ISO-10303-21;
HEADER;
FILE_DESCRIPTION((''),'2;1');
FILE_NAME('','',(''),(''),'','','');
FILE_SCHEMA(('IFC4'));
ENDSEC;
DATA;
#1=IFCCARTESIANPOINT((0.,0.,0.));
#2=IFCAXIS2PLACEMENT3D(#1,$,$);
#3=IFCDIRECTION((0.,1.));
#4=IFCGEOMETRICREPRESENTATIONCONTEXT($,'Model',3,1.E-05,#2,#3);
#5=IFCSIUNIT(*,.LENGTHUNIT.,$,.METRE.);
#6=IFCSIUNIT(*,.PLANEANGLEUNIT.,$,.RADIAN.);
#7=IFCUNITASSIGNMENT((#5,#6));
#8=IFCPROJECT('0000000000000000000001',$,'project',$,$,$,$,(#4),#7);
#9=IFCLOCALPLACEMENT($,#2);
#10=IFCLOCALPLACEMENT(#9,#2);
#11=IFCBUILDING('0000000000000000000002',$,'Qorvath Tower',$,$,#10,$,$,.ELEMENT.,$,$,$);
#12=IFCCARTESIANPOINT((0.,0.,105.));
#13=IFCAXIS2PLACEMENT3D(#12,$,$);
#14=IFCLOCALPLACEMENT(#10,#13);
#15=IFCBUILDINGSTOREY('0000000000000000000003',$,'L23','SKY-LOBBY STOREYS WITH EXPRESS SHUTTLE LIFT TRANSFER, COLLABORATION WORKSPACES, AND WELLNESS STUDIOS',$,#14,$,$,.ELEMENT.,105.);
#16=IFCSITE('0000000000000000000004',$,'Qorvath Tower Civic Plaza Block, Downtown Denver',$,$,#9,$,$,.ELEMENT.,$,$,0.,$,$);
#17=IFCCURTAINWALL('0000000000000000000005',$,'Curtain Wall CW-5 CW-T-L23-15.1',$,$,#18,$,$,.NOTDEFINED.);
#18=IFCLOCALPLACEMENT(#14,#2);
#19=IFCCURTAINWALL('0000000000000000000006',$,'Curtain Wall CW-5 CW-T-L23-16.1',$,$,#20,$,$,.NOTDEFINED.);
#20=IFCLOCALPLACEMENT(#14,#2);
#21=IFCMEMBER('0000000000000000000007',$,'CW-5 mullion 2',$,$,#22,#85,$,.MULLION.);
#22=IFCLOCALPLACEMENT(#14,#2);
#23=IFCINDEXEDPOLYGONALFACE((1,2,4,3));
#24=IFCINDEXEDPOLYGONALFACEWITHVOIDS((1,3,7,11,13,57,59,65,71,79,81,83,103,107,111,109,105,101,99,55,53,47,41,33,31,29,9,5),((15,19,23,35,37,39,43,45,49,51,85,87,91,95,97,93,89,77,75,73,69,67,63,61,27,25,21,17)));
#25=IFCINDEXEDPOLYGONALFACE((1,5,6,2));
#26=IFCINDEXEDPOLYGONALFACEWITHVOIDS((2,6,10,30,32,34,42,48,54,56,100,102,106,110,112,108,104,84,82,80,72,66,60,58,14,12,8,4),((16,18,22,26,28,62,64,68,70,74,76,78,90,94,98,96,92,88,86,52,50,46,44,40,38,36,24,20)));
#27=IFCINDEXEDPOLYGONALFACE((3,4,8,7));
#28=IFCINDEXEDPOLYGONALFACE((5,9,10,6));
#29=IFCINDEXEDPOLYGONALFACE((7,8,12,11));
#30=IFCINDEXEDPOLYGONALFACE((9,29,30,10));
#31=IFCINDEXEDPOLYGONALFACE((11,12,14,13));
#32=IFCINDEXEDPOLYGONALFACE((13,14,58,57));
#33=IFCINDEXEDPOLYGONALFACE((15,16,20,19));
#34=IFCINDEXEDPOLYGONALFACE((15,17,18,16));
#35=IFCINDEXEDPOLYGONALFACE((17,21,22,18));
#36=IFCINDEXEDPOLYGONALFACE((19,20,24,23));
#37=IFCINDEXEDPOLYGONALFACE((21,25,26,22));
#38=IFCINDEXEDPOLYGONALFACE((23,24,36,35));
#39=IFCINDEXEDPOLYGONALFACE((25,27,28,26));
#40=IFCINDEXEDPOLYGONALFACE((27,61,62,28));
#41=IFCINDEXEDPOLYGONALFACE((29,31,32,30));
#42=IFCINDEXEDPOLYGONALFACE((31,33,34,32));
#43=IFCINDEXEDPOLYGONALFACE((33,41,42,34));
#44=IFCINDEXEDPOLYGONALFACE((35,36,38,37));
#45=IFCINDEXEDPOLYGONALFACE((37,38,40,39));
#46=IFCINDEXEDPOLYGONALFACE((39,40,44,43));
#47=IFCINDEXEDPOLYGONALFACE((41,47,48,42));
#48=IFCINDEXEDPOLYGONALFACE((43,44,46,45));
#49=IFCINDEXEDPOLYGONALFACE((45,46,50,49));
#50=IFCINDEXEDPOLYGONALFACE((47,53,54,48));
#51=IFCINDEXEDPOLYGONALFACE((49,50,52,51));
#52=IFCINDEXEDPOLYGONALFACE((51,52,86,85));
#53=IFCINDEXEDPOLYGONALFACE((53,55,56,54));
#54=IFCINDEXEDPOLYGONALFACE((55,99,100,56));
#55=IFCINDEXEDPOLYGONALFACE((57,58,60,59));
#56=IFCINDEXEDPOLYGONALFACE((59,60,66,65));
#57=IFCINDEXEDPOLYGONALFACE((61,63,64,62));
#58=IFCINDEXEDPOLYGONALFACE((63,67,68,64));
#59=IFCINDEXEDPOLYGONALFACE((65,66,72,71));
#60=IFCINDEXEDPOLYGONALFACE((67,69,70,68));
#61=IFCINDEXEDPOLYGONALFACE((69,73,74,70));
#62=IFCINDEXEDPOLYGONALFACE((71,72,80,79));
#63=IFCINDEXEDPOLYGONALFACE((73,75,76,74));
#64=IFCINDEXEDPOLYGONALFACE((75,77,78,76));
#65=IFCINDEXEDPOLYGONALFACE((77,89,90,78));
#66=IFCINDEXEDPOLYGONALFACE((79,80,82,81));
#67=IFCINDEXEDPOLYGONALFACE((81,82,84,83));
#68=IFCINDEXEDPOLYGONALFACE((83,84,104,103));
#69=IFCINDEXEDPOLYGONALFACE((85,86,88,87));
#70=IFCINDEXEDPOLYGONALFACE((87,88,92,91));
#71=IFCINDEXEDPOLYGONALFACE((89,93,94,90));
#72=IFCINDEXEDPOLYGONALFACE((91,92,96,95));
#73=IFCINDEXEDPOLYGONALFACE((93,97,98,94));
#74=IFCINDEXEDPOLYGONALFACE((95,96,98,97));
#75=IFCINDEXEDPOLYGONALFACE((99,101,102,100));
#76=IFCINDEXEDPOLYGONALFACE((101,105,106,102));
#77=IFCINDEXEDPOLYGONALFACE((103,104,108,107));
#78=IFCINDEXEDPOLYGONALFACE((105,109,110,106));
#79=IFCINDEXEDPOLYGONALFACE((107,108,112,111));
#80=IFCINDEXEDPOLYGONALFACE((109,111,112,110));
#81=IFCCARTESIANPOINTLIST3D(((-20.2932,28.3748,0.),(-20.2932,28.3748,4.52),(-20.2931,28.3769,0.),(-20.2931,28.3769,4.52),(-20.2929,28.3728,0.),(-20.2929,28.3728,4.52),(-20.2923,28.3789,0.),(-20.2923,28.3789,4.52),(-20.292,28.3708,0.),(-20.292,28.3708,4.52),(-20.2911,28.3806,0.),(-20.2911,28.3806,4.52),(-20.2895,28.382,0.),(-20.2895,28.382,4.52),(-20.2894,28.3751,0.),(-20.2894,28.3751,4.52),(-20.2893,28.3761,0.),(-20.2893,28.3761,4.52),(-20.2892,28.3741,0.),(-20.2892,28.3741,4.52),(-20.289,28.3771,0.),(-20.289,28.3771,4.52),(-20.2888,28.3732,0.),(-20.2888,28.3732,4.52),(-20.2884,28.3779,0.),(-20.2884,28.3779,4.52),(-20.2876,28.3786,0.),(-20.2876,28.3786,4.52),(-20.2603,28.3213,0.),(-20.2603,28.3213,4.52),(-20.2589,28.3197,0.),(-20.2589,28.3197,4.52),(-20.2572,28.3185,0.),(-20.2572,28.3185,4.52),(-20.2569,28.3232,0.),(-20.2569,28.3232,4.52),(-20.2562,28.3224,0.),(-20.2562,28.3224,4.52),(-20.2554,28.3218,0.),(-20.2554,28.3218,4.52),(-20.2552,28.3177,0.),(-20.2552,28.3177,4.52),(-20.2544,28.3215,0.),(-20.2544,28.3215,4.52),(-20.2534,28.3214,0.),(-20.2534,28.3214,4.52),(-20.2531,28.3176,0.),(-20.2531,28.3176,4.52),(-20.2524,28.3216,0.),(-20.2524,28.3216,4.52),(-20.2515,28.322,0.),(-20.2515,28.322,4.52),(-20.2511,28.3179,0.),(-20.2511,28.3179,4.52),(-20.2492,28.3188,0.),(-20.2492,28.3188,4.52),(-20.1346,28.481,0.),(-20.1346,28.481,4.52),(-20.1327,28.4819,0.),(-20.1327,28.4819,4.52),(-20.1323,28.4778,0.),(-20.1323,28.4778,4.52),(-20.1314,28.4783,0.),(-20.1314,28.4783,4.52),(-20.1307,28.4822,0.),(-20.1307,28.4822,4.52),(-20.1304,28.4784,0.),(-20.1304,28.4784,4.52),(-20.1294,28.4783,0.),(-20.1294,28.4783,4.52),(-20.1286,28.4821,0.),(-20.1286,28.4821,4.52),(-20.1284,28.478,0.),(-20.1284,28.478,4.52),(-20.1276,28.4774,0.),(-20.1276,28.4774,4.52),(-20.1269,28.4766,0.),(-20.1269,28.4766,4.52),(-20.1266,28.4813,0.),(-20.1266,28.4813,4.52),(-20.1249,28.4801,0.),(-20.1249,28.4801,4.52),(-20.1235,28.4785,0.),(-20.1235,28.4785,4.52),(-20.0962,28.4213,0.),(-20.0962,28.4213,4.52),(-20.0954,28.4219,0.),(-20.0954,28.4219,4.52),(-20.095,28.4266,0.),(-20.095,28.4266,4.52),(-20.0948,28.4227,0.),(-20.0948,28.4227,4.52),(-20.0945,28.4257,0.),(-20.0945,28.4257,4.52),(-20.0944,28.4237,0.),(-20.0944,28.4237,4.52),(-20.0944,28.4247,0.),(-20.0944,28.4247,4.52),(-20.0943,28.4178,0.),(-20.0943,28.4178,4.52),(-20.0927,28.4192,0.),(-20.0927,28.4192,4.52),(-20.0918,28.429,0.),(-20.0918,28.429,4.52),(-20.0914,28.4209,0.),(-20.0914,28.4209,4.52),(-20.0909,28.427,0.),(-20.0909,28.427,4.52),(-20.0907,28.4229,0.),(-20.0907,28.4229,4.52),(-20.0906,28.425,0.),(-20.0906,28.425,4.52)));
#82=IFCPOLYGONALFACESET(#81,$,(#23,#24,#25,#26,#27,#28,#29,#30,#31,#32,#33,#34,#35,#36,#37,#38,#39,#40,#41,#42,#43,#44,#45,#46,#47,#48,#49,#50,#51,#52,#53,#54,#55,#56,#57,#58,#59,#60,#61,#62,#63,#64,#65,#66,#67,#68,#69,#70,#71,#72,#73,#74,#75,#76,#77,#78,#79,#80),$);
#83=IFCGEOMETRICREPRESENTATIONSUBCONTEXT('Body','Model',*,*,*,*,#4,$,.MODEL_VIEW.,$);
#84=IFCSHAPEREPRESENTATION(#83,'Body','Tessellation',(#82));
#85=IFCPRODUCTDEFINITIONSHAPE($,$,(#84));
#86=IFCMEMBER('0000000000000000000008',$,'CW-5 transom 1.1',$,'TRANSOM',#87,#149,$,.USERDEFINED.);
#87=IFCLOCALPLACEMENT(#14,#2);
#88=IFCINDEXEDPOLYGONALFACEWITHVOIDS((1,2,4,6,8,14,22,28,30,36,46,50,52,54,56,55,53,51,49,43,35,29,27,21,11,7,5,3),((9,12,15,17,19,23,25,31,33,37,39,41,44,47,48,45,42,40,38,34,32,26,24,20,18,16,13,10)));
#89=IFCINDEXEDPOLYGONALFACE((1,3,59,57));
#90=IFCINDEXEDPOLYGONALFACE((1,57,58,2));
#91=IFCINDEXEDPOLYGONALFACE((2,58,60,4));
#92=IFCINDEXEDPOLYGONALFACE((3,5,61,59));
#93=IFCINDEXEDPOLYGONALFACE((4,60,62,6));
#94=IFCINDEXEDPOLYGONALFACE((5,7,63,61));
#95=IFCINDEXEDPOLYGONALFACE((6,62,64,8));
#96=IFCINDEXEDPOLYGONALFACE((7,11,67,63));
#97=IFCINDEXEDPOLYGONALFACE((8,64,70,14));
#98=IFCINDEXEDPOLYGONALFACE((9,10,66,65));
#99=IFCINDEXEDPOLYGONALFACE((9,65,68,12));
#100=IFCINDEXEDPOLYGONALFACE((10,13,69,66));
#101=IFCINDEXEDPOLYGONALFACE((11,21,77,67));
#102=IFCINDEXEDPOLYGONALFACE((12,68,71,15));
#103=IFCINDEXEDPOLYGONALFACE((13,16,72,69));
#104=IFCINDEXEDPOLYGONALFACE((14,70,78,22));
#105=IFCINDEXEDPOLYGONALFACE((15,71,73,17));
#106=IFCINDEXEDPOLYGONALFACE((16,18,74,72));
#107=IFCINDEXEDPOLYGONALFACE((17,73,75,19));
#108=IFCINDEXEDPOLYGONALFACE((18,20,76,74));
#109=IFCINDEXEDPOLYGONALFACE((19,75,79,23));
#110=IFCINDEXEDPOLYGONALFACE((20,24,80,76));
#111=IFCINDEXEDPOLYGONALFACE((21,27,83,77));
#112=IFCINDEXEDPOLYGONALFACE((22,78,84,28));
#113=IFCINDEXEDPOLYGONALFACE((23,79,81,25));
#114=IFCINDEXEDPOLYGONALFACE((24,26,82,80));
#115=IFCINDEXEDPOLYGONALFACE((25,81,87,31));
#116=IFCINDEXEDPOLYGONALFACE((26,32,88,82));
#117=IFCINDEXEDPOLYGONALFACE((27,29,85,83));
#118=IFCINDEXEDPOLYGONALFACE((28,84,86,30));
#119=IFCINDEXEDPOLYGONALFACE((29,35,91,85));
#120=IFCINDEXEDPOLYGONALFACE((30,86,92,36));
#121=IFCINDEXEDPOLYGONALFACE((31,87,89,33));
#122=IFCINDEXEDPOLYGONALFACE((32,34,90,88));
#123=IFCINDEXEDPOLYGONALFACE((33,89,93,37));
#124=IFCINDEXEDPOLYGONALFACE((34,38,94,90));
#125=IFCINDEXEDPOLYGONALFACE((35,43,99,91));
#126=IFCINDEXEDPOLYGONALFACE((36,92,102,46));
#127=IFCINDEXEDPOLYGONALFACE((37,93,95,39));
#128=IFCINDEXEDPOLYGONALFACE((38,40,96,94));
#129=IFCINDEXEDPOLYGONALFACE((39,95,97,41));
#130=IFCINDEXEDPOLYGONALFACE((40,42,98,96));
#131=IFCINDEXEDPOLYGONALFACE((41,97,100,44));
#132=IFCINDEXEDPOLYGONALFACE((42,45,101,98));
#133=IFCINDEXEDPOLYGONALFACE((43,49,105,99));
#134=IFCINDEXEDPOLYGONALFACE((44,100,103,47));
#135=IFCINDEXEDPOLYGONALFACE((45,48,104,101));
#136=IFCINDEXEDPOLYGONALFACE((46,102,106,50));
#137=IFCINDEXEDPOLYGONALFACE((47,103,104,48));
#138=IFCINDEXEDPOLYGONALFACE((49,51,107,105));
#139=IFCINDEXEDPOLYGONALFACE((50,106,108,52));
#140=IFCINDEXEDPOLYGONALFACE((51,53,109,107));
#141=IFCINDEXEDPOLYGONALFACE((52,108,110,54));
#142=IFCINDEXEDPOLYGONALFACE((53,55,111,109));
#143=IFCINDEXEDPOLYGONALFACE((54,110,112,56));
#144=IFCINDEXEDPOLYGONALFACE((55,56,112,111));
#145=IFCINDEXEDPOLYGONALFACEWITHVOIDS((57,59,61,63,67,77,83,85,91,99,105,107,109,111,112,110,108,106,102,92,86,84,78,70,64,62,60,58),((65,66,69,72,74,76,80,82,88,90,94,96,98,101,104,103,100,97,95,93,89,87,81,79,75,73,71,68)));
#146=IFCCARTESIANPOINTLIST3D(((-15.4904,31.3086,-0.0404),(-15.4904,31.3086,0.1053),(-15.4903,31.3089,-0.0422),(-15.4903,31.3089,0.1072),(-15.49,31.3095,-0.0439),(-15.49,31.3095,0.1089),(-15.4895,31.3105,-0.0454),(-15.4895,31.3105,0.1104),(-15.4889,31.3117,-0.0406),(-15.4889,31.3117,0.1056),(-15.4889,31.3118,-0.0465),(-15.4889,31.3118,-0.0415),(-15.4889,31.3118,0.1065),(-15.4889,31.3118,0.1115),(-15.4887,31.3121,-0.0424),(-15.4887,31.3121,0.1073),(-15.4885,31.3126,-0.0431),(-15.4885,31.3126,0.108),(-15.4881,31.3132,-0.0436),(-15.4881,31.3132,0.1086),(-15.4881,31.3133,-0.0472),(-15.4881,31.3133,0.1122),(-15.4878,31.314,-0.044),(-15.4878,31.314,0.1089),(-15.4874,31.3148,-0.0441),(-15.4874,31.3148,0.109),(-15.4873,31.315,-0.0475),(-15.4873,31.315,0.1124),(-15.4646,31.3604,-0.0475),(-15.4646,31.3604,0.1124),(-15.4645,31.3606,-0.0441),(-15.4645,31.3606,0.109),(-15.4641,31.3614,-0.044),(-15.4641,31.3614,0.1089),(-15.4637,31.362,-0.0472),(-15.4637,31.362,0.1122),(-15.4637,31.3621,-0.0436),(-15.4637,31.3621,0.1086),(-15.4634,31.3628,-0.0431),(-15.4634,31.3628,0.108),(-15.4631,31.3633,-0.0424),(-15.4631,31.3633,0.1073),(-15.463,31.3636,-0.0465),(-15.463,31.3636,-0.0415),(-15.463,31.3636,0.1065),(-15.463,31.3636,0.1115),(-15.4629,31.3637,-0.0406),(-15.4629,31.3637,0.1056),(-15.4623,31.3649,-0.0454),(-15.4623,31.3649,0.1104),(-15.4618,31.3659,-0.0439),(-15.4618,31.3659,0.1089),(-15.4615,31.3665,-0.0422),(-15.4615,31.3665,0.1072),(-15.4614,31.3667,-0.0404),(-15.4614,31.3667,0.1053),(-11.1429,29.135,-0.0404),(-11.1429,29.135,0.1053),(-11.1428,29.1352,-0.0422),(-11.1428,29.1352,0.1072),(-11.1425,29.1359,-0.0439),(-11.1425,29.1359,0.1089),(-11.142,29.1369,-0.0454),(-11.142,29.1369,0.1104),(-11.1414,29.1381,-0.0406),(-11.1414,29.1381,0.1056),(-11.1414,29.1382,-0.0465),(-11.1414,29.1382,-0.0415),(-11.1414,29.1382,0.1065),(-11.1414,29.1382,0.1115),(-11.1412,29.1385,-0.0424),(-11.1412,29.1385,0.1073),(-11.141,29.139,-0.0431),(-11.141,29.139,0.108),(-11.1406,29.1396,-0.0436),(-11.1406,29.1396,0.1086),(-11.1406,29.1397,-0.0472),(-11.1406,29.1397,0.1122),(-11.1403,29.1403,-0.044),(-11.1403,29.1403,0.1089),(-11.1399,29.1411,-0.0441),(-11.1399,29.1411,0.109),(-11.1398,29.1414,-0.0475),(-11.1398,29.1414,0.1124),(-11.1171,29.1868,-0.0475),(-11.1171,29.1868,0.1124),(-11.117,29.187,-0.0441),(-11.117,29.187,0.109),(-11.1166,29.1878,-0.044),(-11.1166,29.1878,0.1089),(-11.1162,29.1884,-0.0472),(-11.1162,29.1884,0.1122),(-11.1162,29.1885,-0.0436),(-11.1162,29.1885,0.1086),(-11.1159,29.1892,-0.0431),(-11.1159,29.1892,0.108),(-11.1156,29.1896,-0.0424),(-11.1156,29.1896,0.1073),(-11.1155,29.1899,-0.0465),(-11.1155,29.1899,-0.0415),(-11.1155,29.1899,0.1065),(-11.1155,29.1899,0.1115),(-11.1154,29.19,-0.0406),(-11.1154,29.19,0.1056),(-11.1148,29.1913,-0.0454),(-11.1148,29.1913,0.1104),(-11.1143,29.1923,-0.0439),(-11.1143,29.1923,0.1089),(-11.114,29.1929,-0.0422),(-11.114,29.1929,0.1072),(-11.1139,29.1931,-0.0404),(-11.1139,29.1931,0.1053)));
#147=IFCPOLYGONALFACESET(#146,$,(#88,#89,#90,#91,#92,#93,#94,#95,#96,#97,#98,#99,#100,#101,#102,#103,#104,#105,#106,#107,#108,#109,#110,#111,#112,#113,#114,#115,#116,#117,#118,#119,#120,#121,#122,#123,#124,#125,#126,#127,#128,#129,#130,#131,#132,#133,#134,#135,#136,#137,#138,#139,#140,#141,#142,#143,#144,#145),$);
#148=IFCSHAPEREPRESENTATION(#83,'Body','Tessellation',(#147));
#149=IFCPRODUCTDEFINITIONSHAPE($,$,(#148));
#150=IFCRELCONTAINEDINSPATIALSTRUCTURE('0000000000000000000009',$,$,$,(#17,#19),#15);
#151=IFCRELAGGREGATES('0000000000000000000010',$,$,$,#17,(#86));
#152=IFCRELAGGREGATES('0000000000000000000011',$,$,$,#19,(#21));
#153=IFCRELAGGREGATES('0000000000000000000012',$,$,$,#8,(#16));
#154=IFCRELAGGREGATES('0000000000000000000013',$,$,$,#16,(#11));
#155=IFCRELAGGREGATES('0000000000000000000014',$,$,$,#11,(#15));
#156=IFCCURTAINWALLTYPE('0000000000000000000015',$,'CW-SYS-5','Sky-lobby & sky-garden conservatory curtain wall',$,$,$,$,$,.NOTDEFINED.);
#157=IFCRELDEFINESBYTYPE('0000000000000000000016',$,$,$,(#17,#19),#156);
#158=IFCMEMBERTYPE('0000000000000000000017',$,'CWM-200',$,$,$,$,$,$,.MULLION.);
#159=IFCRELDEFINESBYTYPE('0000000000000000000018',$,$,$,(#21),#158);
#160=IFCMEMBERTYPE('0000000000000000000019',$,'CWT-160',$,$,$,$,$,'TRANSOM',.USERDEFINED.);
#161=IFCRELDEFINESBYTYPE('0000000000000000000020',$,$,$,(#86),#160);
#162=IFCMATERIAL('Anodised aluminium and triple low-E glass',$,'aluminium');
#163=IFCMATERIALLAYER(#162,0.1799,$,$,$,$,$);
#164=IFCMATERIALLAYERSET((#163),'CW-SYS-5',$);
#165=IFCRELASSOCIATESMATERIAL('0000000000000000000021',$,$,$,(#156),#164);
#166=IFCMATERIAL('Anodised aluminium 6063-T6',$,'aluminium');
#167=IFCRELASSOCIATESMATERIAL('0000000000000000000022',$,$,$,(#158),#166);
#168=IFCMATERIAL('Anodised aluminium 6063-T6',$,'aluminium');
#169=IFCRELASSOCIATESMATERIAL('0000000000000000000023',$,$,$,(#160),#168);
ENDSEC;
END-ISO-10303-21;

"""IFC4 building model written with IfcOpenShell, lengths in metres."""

from ifc_helpers import new_model, si_unit, direction, frame, origin, origin_2d, place, context, subcontext, project, spatial, hollow_rectangle, extrude, material, layer, layer_set, material_profile, profile_set, type_object, element, aggregate, save


model = new_model("IFC4")

# Units and contexts
model_context = context("Model", 3, precision=1e-05, world=origin(), true_north=direction((0.0, 1.0)))
body_context = subcontext(model_context, "Body", "Model", "MODEL_VIEW")
ifc_project = project(units=[si_unit("LENGTHUNIT", "METRE"), si_unit("PLANEANGLEUNIT", "RADIAN")], contexts=[model_context])

# Site, building, storey
site_placement = place(None, origin())
site = spatial("IfcSite", under=ifc_project, at=site_placement, Name="Qorvath Tower Civic Plaza Block, Downtown Denver", CompositionType="ELEMENT", RefElevation=0.0)
building_placement = place(site_placement, origin())
building = spatial("IfcBuilding", under=site, at=building_placement, Name="Qorvath Tower", CompositionType="ELEMENT")
storey_placement = place(building_placement, frame((0.0, 0.0, 105.0)))
storey = spatial("IfcBuildingStorey", under=building, at=storey_placement, Name="L23", Description="SKY-LOBBY STOREYS WITH EXPRESS SHUTTLE LIFT TRANSFER, COLLABORATION WORKSPACES, AND WELLNESS STUDIOS", CompositionType="ELEMENT", Elevation=105.0)

# Curtain wall
ifc_material_1 = material(Name="Anodised aluminium and triple low-E glass", Category="aluminium")
ifc_layer_1 = layer(ifc_material_1, 0.1799)
ifc_layer_set_1 = layer_set([ifc_layer_1], Name="CW-SYS-5")
curtain_wall_type = type_object("IfcCurtainWallType", Name="CW-SYS-5", Description="Sky-lobby & sky-garden conservatory curtain wall", PredefinedType="NOTDEFINED", material=ifc_layer_set_1)
curtain_wall_1_placement = place(storey_placement, origin())
curtain_wall_1 = element("IfcCurtainWall", 1, at=curtain_wall_1_placement, inside=storey, type_object=curtain_wall_type, Name="Curtain Wall CW-5 CW-T-L23-15.1", PredefinedType="NOTDEFINED")
ifc_material_2 = material(Name="Anodised aluminium 6063-T6", Category="aluminium")
ifc_material_profile_1 = material_profile(ifc_material_2, hollow_rectangle(XDim=0.075, YDim=0.2, WallThickness=0.0039, InnerFilletRadius=0.0039, OuterFilletRadius=0.0081, at=origin_2d()), Name="CWM 200x75")
ifc_profile_set_1 = profile_set([ifc_material_profile_1], Name="Anodised aluminium 6063-T6")
member_type_1 = type_object("IfcMemberType", Name="CWM-200", PredefinedType="MULLION", material=ifc_profile_set_1)

# Curtain wall, member
curtain_wall_2_placement = place(storey_placement, origin())
curtain_wall_2 = element("IfcCurtainWall", 2, at=curtain_wall_2_placement, inside=storey, type_object=curtain_wall_type, Name="Curtain Wall CW-5 CW-T-L23-16.1", PredefinedType="NOTDEFINED")
member_1_placement = place(storey_placement, frame((-20.1919, 28.3999, 0.0), z_axis=(0.0, 0.0, 1.0), x_axis=(0.53854, -0.8426, 0.0)))
member_1 = element("IfcMember", 3, at=member_1_placement, type_object=member_type_1, Name="CW-5 mullion 2", PredefinedType="MULLION", context=body_context, shape_type="SweptSolid", body=[
    extrude(hollow_rectangle(XDim=0.075, YDim=0.2, WallThickness=0.0039, InnerFilletRadius=0.0039, OuterFilletRadius=0.0081, at=origin_2d()), origin(), (0.0, 0.0, 1.0), 4.52),
])

# Member
ifc_material_3 = material(Name="Anodised aluminium 6063-T6", Category="aluminium")
ifc_material_profile_2 = material_profile(ifc_material_3, hollow_rectangle(XDim=0.0649, YDim=0.1599, WallThickness=0.0034, InnerFilletRadius=0.0034, OuterFilletRadius=0.0071, at=origin_2d()), Name="CWT 160x65")
ifc_profile_set_2 = profile_set([ifc_material_profile_2], Name="Anodised aluminium 6063-T6")
member_type_2 = type_object("IfcMemberType", Name="CWT-160", ElementType="TRANSOM", PredefinedType="USERDEFINED", material=ifc_profile_set_2)
member_2_placement = place(storey_placement, frame((-11.1284, 29.1641, 0.0325), z_axis=(-0.894437, 0.447194, 0.0), x_axis=(-0.447194, -0.894437, 0.0)))
member_2 = element("IfcMember", 4, at=member_2_placement, type_object=member_type_2, Name="CW-5 transom 1.1", ObjectType="TRANSOM", PredefinedType="USERDEFINED", context=body_context, shape_type="SweptSolid", body=[
    extrude(hollow_rectangle(XDim=0.0649, YDim=0.1599, WallThickness=0.0034, InnerFilletRadius=0.0034, OuterFilletRadius=0.0071, at=origin_2d()), origin(), (0.0, 0.0, 1.0), 4.8606),
])

aggregate(curtain_wall_1, [member_2])
aggregate(curtain_wall_2, [member_1])

save(model, "model.ifc")
